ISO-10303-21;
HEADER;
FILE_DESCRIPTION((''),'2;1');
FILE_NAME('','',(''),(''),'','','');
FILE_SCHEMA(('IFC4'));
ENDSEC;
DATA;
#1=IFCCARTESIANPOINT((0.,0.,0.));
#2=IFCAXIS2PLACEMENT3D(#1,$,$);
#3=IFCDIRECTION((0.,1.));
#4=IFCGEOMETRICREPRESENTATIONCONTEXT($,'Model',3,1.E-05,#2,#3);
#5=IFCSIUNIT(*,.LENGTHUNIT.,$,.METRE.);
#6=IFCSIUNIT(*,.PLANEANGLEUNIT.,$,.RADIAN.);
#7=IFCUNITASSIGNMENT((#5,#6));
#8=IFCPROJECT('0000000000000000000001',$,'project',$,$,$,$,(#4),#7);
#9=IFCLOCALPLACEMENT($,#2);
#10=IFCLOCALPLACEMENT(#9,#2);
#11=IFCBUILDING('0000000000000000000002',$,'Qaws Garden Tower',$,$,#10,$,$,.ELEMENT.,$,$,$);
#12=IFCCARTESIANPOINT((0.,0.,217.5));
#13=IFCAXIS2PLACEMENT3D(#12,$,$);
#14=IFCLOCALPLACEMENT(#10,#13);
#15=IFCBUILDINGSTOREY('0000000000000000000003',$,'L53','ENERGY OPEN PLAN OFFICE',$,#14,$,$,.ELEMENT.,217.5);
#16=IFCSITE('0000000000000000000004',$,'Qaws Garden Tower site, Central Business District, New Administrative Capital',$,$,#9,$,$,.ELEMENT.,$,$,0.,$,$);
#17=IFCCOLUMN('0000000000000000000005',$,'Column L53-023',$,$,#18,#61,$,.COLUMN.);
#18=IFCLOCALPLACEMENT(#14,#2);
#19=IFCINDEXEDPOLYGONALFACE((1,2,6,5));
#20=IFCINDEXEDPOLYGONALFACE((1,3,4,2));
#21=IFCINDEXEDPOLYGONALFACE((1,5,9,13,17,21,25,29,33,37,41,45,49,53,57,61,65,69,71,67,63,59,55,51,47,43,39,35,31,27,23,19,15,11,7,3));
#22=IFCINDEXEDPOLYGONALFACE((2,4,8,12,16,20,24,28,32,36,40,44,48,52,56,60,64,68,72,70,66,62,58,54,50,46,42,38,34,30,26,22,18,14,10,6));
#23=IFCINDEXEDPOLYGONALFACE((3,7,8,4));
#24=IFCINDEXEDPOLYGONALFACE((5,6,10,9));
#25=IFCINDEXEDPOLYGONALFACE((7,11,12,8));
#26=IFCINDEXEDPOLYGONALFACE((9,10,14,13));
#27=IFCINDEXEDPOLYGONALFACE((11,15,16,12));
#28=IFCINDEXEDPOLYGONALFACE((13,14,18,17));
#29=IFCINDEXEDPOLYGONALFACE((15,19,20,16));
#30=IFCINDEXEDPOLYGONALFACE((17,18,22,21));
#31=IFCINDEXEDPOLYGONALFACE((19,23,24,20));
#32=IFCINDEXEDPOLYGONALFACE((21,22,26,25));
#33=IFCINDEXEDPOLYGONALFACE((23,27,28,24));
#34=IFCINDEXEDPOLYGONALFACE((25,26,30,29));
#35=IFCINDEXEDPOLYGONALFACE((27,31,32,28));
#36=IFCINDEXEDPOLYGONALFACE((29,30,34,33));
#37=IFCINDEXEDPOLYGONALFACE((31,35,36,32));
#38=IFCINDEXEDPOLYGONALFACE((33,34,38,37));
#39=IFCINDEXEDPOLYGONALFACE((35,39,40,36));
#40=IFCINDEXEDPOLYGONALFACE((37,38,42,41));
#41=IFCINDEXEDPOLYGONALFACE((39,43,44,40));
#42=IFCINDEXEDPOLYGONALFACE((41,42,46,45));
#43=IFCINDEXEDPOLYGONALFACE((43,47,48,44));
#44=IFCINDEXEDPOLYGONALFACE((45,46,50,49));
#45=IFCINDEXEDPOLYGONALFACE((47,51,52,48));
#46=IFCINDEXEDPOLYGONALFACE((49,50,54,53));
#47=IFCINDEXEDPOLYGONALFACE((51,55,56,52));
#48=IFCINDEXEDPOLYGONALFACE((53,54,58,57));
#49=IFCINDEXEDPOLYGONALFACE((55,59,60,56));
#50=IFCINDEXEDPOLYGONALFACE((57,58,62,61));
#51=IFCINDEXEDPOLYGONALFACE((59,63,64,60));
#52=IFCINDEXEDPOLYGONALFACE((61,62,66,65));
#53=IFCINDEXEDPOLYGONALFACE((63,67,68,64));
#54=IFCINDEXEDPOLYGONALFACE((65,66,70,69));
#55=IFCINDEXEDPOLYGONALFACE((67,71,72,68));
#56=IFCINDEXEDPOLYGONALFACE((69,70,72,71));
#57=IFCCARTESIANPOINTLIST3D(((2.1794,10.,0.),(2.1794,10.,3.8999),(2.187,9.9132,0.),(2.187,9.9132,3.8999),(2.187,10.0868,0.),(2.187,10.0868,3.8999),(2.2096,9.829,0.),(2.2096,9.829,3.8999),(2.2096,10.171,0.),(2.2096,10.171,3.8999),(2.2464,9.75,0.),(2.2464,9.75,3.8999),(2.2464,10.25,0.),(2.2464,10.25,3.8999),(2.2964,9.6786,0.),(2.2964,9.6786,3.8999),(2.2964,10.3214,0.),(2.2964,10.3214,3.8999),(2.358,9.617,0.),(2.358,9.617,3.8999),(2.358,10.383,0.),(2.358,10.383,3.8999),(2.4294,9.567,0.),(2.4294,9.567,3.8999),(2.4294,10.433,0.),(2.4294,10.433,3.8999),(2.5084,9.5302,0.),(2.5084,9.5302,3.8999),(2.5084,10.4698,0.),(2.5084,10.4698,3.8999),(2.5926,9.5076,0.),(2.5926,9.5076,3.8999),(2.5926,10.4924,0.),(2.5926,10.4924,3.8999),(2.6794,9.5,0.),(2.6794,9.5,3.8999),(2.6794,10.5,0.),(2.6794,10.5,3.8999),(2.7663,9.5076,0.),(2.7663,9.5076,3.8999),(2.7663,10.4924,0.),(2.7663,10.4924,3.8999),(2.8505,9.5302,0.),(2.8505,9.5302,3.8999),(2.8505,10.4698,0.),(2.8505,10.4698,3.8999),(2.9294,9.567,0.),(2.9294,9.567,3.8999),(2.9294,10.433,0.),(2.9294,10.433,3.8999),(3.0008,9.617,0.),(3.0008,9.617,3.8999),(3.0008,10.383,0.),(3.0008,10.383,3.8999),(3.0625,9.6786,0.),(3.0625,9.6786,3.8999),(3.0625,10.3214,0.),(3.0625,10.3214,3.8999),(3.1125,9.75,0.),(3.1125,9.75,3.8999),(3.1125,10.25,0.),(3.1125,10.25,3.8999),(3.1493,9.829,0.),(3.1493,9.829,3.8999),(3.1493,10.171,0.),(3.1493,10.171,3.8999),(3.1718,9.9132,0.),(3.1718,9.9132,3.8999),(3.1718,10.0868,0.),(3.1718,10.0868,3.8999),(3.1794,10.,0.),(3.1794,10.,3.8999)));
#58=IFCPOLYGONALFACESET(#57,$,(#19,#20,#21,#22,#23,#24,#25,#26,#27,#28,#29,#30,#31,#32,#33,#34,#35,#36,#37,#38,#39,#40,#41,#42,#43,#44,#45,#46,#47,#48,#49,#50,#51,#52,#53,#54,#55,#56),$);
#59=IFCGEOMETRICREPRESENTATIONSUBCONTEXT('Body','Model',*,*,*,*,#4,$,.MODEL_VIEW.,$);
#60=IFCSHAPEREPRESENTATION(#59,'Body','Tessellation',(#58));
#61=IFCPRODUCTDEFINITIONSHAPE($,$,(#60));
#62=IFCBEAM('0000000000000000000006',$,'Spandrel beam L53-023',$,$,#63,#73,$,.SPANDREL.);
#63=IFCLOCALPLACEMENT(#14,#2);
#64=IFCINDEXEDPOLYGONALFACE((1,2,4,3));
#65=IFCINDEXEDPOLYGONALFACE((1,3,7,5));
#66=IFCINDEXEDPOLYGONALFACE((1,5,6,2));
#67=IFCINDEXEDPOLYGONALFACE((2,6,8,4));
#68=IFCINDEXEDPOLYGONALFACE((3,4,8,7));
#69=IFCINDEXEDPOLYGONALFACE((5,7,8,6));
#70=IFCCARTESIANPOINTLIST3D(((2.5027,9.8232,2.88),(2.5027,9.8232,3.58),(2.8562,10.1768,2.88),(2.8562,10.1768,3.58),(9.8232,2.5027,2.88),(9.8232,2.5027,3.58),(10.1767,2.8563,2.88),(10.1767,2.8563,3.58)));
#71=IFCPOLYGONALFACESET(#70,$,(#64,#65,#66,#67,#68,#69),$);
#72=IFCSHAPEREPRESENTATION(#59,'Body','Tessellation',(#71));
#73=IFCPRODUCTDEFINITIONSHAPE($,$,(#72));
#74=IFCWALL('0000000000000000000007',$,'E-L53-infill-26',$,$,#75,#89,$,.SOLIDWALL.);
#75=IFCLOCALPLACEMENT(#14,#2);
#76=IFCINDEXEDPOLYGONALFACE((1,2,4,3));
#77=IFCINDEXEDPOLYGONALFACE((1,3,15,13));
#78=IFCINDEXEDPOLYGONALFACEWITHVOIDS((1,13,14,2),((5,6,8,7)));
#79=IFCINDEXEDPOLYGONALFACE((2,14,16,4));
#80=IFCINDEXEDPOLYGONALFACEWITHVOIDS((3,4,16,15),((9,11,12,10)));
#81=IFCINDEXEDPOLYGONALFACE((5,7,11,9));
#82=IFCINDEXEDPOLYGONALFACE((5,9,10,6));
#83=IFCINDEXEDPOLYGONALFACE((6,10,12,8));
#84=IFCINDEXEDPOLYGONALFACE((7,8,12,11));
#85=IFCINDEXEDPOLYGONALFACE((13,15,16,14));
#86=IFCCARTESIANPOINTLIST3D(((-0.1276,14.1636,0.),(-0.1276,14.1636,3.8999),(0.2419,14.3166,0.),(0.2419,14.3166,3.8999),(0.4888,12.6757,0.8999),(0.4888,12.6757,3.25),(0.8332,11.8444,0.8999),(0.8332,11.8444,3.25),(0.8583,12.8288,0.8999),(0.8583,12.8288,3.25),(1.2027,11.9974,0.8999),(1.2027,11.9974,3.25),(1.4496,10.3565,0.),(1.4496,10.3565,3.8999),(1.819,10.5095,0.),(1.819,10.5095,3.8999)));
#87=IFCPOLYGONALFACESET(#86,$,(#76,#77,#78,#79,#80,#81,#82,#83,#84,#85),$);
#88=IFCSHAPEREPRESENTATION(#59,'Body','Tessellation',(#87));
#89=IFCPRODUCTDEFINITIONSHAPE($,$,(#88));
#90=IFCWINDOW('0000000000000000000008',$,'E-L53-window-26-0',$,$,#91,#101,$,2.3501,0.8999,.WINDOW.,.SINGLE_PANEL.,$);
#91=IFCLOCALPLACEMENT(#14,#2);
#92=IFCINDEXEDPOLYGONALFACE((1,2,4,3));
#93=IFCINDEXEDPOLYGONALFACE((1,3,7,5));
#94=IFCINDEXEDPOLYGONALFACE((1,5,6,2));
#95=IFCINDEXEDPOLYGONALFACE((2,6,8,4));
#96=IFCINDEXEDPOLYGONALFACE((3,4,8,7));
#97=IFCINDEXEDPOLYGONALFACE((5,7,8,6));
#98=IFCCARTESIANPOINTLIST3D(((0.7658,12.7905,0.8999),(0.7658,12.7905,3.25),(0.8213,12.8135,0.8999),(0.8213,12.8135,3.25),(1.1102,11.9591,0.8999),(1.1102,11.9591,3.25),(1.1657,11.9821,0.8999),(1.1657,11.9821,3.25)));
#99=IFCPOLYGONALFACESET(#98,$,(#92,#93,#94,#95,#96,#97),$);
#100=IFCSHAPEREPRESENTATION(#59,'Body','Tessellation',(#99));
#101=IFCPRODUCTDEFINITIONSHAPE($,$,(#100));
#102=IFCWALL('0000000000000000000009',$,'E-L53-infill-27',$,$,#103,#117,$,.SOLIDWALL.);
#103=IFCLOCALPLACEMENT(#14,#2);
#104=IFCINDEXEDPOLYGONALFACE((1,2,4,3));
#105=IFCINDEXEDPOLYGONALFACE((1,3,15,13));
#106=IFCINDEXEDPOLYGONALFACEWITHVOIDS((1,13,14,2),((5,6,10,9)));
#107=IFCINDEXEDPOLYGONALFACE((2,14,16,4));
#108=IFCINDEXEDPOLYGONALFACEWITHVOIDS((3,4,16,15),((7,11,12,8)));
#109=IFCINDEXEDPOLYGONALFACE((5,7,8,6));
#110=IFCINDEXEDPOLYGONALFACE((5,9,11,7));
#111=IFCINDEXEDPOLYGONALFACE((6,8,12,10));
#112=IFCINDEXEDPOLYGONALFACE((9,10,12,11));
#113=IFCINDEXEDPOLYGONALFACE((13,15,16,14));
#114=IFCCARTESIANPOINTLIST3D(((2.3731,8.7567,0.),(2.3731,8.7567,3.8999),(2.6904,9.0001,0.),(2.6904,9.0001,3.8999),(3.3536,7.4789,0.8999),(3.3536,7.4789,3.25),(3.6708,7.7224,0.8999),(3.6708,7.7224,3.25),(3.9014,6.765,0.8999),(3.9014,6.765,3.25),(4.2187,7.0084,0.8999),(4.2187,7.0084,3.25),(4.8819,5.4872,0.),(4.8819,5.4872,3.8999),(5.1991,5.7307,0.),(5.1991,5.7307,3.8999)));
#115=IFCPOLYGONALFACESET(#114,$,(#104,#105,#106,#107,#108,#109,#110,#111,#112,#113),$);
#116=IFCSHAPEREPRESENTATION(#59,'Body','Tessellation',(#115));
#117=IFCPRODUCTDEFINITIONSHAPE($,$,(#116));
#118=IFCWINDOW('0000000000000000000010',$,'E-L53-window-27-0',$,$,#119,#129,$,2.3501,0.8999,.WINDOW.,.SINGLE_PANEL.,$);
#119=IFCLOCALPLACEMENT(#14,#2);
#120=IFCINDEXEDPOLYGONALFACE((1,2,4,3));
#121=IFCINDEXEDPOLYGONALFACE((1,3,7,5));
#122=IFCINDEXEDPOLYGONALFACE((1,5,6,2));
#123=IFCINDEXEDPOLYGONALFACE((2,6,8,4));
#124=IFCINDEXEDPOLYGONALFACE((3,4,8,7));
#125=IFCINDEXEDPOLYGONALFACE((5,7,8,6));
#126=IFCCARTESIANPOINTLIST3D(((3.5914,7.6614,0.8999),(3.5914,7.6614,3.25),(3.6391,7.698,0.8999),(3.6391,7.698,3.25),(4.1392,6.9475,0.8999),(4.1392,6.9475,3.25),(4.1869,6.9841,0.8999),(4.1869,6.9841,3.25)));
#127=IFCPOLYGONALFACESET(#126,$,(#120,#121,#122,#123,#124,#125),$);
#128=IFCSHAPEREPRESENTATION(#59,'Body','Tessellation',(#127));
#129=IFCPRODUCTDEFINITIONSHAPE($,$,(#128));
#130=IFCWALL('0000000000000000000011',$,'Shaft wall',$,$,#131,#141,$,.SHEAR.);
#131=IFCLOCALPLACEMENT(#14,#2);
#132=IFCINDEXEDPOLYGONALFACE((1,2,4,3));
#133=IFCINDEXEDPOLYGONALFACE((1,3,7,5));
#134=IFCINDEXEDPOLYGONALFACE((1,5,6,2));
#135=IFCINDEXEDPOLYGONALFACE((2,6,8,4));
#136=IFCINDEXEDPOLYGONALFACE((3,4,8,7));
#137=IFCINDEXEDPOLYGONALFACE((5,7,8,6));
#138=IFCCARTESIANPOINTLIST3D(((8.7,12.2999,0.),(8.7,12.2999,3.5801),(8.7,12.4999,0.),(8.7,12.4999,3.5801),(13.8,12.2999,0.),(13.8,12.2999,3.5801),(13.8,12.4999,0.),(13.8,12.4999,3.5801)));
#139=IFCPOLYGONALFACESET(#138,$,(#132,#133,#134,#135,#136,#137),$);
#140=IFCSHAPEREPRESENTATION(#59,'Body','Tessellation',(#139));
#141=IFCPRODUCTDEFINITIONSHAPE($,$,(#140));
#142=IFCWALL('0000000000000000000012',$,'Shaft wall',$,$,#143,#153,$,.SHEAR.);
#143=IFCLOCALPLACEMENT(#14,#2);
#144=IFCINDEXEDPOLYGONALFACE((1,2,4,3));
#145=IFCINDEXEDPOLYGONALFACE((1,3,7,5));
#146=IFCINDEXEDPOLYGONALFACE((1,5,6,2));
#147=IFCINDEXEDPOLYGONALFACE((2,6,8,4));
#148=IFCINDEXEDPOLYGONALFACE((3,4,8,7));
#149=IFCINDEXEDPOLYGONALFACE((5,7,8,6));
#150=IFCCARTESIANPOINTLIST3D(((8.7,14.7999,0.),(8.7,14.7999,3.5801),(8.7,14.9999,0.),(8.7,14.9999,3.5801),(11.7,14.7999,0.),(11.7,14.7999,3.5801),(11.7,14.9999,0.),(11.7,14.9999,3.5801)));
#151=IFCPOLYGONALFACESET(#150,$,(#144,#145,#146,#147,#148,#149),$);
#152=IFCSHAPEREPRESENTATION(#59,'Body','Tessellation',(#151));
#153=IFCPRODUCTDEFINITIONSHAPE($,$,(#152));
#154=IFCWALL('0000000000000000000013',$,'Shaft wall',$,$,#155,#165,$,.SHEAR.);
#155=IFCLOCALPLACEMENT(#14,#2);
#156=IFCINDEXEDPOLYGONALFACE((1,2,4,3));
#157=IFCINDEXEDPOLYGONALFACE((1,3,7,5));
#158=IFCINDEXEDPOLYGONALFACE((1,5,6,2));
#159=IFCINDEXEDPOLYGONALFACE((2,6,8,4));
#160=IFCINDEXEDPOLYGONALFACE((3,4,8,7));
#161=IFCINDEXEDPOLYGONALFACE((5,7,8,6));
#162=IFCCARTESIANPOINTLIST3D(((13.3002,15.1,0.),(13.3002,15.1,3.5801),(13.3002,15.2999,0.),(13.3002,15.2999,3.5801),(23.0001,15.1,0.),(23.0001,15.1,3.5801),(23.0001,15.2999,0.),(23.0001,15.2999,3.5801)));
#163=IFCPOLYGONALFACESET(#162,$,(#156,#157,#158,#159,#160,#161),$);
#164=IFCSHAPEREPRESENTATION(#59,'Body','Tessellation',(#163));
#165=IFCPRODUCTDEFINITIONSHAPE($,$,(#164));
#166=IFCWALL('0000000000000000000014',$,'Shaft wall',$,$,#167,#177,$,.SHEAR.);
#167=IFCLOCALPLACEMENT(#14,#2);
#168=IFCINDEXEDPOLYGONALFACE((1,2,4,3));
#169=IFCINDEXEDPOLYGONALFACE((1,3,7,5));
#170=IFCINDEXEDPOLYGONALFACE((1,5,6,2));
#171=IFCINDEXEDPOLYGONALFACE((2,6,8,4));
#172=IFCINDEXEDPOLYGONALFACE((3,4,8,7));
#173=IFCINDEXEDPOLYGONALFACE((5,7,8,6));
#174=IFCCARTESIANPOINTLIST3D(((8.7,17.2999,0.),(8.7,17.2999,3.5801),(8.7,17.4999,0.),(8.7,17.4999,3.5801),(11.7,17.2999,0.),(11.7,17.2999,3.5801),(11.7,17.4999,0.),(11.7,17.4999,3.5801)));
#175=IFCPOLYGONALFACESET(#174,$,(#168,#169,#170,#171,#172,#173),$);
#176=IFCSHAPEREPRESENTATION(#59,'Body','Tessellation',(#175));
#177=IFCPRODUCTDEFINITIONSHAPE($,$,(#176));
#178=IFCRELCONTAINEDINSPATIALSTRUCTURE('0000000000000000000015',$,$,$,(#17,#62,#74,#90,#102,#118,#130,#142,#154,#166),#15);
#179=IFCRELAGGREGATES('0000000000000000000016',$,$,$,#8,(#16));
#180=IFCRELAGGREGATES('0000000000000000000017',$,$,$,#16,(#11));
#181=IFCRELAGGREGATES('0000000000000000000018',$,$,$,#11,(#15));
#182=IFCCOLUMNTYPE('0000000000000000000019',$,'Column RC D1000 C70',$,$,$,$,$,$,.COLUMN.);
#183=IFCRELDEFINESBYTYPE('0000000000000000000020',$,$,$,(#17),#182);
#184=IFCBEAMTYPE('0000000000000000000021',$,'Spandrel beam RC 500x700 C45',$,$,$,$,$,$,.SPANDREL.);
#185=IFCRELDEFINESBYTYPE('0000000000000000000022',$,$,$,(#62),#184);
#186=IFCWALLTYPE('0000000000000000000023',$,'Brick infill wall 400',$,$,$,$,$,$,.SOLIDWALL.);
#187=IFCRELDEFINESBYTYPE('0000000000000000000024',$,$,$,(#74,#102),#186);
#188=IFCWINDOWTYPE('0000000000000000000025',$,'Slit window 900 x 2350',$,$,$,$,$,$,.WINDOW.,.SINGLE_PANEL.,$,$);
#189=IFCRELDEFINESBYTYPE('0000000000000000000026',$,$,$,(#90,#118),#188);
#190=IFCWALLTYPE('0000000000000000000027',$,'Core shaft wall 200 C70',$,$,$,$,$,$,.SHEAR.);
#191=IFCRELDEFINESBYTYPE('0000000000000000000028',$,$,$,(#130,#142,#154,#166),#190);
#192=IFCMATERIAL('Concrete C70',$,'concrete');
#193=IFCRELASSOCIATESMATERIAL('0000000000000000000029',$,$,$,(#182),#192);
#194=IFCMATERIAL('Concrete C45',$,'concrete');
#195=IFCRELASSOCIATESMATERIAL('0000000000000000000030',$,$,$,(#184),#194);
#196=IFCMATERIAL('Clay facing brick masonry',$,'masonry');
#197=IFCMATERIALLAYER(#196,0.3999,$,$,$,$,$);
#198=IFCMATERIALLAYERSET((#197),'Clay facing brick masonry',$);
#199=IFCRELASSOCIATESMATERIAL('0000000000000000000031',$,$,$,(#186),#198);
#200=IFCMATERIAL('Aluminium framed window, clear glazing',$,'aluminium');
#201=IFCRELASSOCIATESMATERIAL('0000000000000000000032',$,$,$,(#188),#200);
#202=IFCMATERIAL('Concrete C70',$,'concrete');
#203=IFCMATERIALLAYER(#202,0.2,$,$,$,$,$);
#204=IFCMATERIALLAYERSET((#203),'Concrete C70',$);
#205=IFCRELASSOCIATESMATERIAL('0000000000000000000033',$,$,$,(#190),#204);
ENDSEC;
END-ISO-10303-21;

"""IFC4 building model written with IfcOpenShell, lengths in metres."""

from ifc_helpers import new_model, si_unit, direction, frame, frame_2d, origin, origin_2d, place, context, subcontext, project, spatial, rectangle, circle, extrude, material, layer, layer_set, material_profile, profile_set, type_object, element, fill, save


model = new_model("IFC4")

# Units and contexts
model_context = context("Model", 3, precision=1e-05, world=origin(), true_north=direction((0.0, 1.0)))
body_context = subcontext(model_context, "Body", "Model", "MODEL_VIEW")
ifc_project = project(units=[si_unit("LENGTHUNIT", "METRE"), si_unit("PLANEANGLEUNIT", "RADIAN")], contexts=[model_context])

# Site, building, storey
site_placement = place(None, origin())
site = spatial("IfcSite", under=ifc_project, at=site_placement, Name="Qaws Garden Tower site, Central Business District, New Administrative Capital", CompositionType="ELEMENT", RefElevation=0.0)
building_placement = place(site_placement, origin())
building = spatial("IfcBuilding", under=site, at=building_placement, Name="Qaws Garden Tower", CompositionType="ELEMENT")
storey_placement = place(building_placement, frame((0.0, 0.0, 217.5)))
storey = spatial("IfcBuildingStorey", under=building, at=storey_placement, Name="L53", Description="ENERGY OPEN PLAN OFFICE", CompositionType="ELEMENT", Elevation=217.5)

# Column
ifc_material_1 = material(Name="Concrete C70", Category="concrete")
ifc_material_profile_1 = material_profile(ifc_material_1, circle(Radius=0.5, at=origin_2d()), Name="RC D1000")
ifc_profile_set_1 = profile_set([ifc_material_profile_1], Name="Concrete C70")
column_type = type_object("IfcColumnType", Name="Column RC D1000 C70", PredefinedType="COLUMN", material=ifc_profile_set_1)
column_placement = place(storey_placement, frame((2.6794, 10.0, 0.0), z_axis=(0.0, 0.0, 1.0), x_axis=(1.0, 0.0, 0.0)))
element("IfcColumn", 1, at=column_placement, inside=storey, type_object=column_type, Name="Column L53-023", PredefinedType="COLUMN", context=body_context, shape_type="SweptSolid", body=[
    extrude(circle(Radius=0.5, at=origin_2d()), origin(), (0.0, 0.0, 1.0), 3.8999),
])

# Beam
ifc_material_2 = material(Name="Concrete C45", Category="concrete")
ifc_material_profile_2 = material_profile(ifc_material_2, rectangle(XDim=0.5, YDim=0.7, at=origin_2d()), Name="RC 500x700")
ifc_profile_set_2 = profile_set([ifc_material_profile_2], Name="Concrete C45")
beam_type = type_object("IfcBeamType", Name="Spandrel beam RC 500x700 C45", PredefinedType="SPANDREL", material=ifc_profile_set_2)
beam_placement = place(storey_placement, frame((2.6794, 10.0, 3.23), z_axis=(0.707107, -0.707107, 0.0), x_axis=(0.707107, 0.707107, 0.0)))
element("IfcBeam", 2, at=beam_placement, inside=storey, type_object=beam_type, Name="Spandrel beam L53-023", PredefinedType="SPANDREL", context=body_context, shape_type="SweptSolid", body=[
    extrude(rectangle(XDim=0.5, YDim=0.7, at=origin_2d()), origin(), (0.0, 0.0, 1.0), 10.3528),
])

# Walls, openings, windows
ifc_material_3 = material(Name="Clay facing brick masonry", Category="masonry")
ifc_layer_1 = layer(ifc_material_3, 0.3999)
ifc_layer_set_1 = layer_set([ifc_layer_1], Name="Clay facing brick masonry")
wall_type_1 = type_object("IfcWallType", Name="Brick infill wall 400", PredefinedType="SOLIDWALL", material=ifc_layer_set_1)
wall_1_placement = place(storey_placement, frame((0.0571, 14.2402, 0.0), z_axis=(0.0, 0.0, 1.0), x_axis=(0.382722, -0.923864, 0.0)))
wall_1 = element("IfcWall", 3, at=wall_1_placement, inside=storey, type_object=wall_type_1, Name="E-L53-infill-26", PredefinedType="SOLIDWALL", context=body_context, shape_type="SweptSolid", body=[
    extrude(rectangle(XDim=4.1208, YDim=0.3999, at=frame_2d((2.0605, 0.0))), origin(), (0.0, 0.0, 1.0), 3.8999),
])
opening_1_placement = place(wall_1_placement, frame((1.6106, 0.0, 0.8999)))
opening_1 = element("IfcOpeningElement", 4, at=opening_1_placement, cuts=wall_1, PredefinedType="OPENING", context=body_context, shape_type="SweptSolid", body=[
    extrude(rectangle(XDim=0.8999, YDim=2.3501, at=frame_2d((0.45, 1.175))), frame((0.0, 0.21, 0.0), z_axis=(0.0, -1.0, 0.0), x_axis=(1.0, 0.0, 0.0)), (0.0, 0.0, 1.0), 0.4199),
])
ifc_material_4 = material(Name="Aluminium framed window, clear glazing", Category="aluminium")
window_type = type_object("IfcWindowType", Name="Slit window 900 x 2350", PartitioningType="SINGLE_PANEL", PredefinedType="WINDOW", material=ifc_material_4)
window_1_placement = place(opening_1_placement, origin())
window_1 = element("IfcWindow", 5, at=window_1_placement, inside=storey, type_object=window_type, Name="E-L53-window-26-0", OverallHeight=2.3501, OverallWidth=0.8999, PartitioningType="SINGLE_PANEL", PredefinedType="WINDOW", context=body_context, shape_type="SweptSolid", body=[
    extrude(rectangle(XDim=0.8999, YDim=2.3501, at=frame_2d((0.45, 1.175))), frame((0.0, 0.1599, 0.0), z_axis=(0.0, -1.0, 0.0), x_axis=(1.0, 0.0, 0.0)), (0.0, 0.0, 1.0), 0.0601),
])
fill(opening_1, window_1)
wall_2_placement = place(storey_placement, frame((2.5317, 8.8784, 0.0), z_axis=(0.0, 0.0, 1.0), x_axis=(0.60876, -0.793355, 0.0)))
wall_2 = element("IfcWall", 6, at=wall_2_placement, inside=storey, type_object=wall_type_1, Name="E-L53-infill-27", PredefinedType="SOLIDWALL", context=body_context, shape_type="SweptSolid", body=[
    extrude(rectangle(XDim=4.1211, YDim=0.3999, at=frame_2d((2.0605, 0.0))), origin(), (0.0, 0.0, 1.0), 3.8999),
])
opening_2_placement = place(wall_2_placement, frame((1.6106, 0.0, 0.8999)))
opening_2 = element("IfcOpeningElement", 7, at=opening_2_placement, cuts=wall_2, PredefinedType="OPENING", context=body_context, shape_type="SweptSolid", body=[
    extrude(rectangle(XDim=0.8999, YDim=2.3501, at=frame_2d((0.45, 1.175))), frame((0.0, 0.21, 0.0), z_axis=(0.0, -1.0, 0.0), x_axis=(1.0, 0.0, 0.0)), (0.0, 0.0, 1.0), 0.4199),
])
window_2_placement = place(opening_2_placement, origin())
window_2 = element("IfcWindow", 8, at=window_2_placement, inside=storey, type_object=window_type, Name="E-L53-window-27-0", OverallHeight=2.3501, OverallWidth=0.8999, PartitioningType="SINGLE_PANEL", PredefinedType="WINDOW", context=body_context, shape_type="SweptSolid", body=[
    extrude(rectangle(XDim=0.8999, YDim=2.3501, at=frame_2d((0.45, 1.175))), frame((0.0, 0.1599, 0.0), z_axis=(0.0, -1.0, 0.0), x_axis=(1.0, 0.0, 0.0)), (0.0, 0.0, 1.0), 0.0601),
])
fill(opening_2, window_2)

# Walls
ifc_material_5 = material(Name="Concrete C70", Category="concrete")
ifc_layer_2 = layer(ifc_material_5, 0.2)
ifc_layer_set_2 = layer_set([ifc_layer_2], Name="Concrete C70")
wall_type_2 = type_object("IfcWallType", Name="Core shaft wall 200 C70", PredefinedType="SHEAR", material=ifc_layer_set_2)
wall_3_placement = place(storey_placement, frame((8.7, 12.3999, 0.0), z_axis=(0.0, 0.0, 1.0), x_axis=(1.0, 0.0, 0.0)))
element("IfcWall", 9, at=wall_3_placement, inside=storey, type_object=wall_type_2, Name="Shaft wall", PredefinedType="SHEAR", context=body_context, shape_type="SweptSolid", body=[
    extrude(rectangle(XDim=5.1001, YDim=0.2, at=frame_2d((2.55, 0.0))), origin(), (0.0, 0.0, 1.0), 3.5801),
])
wall_4_placement = place(storey_placement, frame((8.7, 14.8999, 0.0), z_axis=(0.0, 0.0, 1.0), x_axis=(1.0, 0.0, 0.0)))
element("IfcWall", 10, at=wall_4_placement, inside=storey, type_object=wall_type_2, Name="Shaft wall", PredefinedType="SHEAR", context=body_context, shape_type="SweptSolid", body=[
    extrude(rectangle(XDim=3.0, YDim=0.2, at=frame_2d((1.5, 0.0))), origin(), (0.0, 0.0, 1.0), 3.5801),
])
wall_5_placement = place(storey_placement, frame((13.3, 15.2, 0.0), z_axis=(0.0, 0.0, 1.0), x_axis=(1.0, 0.0, 0.0)))
element("IfcWall", 11, at=wall_5_placement, inside=storey, type_object=wall_type_2, Name="Shaft wall", PredefinedType="SHEAR", context=body_context, shape_type="SweptSolid", body=[
    extrude(rectangle(XDim=9.7, YDim=0.2, at=frame_2d((4.8501, 0.0))), origin(), (0.0, 0.0, 1.0), 3.5801),
])
wall_6_placement = place(storey_placement, frame((8.7, 17.3999, 0.0), z_axis=(0.0, 0.0, 1.0), x_axis=(1.0, 0.0, 0.0)))
element("IfcWall", 12, at=wall_6_placement, inside=storey, type_object=wall_type_2, Name="Shaft wall", PredefinedType="SHEAR", context=body_context, shape_type="SweptSolid", body=[
    extrude(rectangle(XDim=3.0, YDim=0.2, at=frame_2d((1.5, 0.0))), origin(), (0.0, 0.0, 1.0), 3.5801),
])

save(model, "model.ifc")
